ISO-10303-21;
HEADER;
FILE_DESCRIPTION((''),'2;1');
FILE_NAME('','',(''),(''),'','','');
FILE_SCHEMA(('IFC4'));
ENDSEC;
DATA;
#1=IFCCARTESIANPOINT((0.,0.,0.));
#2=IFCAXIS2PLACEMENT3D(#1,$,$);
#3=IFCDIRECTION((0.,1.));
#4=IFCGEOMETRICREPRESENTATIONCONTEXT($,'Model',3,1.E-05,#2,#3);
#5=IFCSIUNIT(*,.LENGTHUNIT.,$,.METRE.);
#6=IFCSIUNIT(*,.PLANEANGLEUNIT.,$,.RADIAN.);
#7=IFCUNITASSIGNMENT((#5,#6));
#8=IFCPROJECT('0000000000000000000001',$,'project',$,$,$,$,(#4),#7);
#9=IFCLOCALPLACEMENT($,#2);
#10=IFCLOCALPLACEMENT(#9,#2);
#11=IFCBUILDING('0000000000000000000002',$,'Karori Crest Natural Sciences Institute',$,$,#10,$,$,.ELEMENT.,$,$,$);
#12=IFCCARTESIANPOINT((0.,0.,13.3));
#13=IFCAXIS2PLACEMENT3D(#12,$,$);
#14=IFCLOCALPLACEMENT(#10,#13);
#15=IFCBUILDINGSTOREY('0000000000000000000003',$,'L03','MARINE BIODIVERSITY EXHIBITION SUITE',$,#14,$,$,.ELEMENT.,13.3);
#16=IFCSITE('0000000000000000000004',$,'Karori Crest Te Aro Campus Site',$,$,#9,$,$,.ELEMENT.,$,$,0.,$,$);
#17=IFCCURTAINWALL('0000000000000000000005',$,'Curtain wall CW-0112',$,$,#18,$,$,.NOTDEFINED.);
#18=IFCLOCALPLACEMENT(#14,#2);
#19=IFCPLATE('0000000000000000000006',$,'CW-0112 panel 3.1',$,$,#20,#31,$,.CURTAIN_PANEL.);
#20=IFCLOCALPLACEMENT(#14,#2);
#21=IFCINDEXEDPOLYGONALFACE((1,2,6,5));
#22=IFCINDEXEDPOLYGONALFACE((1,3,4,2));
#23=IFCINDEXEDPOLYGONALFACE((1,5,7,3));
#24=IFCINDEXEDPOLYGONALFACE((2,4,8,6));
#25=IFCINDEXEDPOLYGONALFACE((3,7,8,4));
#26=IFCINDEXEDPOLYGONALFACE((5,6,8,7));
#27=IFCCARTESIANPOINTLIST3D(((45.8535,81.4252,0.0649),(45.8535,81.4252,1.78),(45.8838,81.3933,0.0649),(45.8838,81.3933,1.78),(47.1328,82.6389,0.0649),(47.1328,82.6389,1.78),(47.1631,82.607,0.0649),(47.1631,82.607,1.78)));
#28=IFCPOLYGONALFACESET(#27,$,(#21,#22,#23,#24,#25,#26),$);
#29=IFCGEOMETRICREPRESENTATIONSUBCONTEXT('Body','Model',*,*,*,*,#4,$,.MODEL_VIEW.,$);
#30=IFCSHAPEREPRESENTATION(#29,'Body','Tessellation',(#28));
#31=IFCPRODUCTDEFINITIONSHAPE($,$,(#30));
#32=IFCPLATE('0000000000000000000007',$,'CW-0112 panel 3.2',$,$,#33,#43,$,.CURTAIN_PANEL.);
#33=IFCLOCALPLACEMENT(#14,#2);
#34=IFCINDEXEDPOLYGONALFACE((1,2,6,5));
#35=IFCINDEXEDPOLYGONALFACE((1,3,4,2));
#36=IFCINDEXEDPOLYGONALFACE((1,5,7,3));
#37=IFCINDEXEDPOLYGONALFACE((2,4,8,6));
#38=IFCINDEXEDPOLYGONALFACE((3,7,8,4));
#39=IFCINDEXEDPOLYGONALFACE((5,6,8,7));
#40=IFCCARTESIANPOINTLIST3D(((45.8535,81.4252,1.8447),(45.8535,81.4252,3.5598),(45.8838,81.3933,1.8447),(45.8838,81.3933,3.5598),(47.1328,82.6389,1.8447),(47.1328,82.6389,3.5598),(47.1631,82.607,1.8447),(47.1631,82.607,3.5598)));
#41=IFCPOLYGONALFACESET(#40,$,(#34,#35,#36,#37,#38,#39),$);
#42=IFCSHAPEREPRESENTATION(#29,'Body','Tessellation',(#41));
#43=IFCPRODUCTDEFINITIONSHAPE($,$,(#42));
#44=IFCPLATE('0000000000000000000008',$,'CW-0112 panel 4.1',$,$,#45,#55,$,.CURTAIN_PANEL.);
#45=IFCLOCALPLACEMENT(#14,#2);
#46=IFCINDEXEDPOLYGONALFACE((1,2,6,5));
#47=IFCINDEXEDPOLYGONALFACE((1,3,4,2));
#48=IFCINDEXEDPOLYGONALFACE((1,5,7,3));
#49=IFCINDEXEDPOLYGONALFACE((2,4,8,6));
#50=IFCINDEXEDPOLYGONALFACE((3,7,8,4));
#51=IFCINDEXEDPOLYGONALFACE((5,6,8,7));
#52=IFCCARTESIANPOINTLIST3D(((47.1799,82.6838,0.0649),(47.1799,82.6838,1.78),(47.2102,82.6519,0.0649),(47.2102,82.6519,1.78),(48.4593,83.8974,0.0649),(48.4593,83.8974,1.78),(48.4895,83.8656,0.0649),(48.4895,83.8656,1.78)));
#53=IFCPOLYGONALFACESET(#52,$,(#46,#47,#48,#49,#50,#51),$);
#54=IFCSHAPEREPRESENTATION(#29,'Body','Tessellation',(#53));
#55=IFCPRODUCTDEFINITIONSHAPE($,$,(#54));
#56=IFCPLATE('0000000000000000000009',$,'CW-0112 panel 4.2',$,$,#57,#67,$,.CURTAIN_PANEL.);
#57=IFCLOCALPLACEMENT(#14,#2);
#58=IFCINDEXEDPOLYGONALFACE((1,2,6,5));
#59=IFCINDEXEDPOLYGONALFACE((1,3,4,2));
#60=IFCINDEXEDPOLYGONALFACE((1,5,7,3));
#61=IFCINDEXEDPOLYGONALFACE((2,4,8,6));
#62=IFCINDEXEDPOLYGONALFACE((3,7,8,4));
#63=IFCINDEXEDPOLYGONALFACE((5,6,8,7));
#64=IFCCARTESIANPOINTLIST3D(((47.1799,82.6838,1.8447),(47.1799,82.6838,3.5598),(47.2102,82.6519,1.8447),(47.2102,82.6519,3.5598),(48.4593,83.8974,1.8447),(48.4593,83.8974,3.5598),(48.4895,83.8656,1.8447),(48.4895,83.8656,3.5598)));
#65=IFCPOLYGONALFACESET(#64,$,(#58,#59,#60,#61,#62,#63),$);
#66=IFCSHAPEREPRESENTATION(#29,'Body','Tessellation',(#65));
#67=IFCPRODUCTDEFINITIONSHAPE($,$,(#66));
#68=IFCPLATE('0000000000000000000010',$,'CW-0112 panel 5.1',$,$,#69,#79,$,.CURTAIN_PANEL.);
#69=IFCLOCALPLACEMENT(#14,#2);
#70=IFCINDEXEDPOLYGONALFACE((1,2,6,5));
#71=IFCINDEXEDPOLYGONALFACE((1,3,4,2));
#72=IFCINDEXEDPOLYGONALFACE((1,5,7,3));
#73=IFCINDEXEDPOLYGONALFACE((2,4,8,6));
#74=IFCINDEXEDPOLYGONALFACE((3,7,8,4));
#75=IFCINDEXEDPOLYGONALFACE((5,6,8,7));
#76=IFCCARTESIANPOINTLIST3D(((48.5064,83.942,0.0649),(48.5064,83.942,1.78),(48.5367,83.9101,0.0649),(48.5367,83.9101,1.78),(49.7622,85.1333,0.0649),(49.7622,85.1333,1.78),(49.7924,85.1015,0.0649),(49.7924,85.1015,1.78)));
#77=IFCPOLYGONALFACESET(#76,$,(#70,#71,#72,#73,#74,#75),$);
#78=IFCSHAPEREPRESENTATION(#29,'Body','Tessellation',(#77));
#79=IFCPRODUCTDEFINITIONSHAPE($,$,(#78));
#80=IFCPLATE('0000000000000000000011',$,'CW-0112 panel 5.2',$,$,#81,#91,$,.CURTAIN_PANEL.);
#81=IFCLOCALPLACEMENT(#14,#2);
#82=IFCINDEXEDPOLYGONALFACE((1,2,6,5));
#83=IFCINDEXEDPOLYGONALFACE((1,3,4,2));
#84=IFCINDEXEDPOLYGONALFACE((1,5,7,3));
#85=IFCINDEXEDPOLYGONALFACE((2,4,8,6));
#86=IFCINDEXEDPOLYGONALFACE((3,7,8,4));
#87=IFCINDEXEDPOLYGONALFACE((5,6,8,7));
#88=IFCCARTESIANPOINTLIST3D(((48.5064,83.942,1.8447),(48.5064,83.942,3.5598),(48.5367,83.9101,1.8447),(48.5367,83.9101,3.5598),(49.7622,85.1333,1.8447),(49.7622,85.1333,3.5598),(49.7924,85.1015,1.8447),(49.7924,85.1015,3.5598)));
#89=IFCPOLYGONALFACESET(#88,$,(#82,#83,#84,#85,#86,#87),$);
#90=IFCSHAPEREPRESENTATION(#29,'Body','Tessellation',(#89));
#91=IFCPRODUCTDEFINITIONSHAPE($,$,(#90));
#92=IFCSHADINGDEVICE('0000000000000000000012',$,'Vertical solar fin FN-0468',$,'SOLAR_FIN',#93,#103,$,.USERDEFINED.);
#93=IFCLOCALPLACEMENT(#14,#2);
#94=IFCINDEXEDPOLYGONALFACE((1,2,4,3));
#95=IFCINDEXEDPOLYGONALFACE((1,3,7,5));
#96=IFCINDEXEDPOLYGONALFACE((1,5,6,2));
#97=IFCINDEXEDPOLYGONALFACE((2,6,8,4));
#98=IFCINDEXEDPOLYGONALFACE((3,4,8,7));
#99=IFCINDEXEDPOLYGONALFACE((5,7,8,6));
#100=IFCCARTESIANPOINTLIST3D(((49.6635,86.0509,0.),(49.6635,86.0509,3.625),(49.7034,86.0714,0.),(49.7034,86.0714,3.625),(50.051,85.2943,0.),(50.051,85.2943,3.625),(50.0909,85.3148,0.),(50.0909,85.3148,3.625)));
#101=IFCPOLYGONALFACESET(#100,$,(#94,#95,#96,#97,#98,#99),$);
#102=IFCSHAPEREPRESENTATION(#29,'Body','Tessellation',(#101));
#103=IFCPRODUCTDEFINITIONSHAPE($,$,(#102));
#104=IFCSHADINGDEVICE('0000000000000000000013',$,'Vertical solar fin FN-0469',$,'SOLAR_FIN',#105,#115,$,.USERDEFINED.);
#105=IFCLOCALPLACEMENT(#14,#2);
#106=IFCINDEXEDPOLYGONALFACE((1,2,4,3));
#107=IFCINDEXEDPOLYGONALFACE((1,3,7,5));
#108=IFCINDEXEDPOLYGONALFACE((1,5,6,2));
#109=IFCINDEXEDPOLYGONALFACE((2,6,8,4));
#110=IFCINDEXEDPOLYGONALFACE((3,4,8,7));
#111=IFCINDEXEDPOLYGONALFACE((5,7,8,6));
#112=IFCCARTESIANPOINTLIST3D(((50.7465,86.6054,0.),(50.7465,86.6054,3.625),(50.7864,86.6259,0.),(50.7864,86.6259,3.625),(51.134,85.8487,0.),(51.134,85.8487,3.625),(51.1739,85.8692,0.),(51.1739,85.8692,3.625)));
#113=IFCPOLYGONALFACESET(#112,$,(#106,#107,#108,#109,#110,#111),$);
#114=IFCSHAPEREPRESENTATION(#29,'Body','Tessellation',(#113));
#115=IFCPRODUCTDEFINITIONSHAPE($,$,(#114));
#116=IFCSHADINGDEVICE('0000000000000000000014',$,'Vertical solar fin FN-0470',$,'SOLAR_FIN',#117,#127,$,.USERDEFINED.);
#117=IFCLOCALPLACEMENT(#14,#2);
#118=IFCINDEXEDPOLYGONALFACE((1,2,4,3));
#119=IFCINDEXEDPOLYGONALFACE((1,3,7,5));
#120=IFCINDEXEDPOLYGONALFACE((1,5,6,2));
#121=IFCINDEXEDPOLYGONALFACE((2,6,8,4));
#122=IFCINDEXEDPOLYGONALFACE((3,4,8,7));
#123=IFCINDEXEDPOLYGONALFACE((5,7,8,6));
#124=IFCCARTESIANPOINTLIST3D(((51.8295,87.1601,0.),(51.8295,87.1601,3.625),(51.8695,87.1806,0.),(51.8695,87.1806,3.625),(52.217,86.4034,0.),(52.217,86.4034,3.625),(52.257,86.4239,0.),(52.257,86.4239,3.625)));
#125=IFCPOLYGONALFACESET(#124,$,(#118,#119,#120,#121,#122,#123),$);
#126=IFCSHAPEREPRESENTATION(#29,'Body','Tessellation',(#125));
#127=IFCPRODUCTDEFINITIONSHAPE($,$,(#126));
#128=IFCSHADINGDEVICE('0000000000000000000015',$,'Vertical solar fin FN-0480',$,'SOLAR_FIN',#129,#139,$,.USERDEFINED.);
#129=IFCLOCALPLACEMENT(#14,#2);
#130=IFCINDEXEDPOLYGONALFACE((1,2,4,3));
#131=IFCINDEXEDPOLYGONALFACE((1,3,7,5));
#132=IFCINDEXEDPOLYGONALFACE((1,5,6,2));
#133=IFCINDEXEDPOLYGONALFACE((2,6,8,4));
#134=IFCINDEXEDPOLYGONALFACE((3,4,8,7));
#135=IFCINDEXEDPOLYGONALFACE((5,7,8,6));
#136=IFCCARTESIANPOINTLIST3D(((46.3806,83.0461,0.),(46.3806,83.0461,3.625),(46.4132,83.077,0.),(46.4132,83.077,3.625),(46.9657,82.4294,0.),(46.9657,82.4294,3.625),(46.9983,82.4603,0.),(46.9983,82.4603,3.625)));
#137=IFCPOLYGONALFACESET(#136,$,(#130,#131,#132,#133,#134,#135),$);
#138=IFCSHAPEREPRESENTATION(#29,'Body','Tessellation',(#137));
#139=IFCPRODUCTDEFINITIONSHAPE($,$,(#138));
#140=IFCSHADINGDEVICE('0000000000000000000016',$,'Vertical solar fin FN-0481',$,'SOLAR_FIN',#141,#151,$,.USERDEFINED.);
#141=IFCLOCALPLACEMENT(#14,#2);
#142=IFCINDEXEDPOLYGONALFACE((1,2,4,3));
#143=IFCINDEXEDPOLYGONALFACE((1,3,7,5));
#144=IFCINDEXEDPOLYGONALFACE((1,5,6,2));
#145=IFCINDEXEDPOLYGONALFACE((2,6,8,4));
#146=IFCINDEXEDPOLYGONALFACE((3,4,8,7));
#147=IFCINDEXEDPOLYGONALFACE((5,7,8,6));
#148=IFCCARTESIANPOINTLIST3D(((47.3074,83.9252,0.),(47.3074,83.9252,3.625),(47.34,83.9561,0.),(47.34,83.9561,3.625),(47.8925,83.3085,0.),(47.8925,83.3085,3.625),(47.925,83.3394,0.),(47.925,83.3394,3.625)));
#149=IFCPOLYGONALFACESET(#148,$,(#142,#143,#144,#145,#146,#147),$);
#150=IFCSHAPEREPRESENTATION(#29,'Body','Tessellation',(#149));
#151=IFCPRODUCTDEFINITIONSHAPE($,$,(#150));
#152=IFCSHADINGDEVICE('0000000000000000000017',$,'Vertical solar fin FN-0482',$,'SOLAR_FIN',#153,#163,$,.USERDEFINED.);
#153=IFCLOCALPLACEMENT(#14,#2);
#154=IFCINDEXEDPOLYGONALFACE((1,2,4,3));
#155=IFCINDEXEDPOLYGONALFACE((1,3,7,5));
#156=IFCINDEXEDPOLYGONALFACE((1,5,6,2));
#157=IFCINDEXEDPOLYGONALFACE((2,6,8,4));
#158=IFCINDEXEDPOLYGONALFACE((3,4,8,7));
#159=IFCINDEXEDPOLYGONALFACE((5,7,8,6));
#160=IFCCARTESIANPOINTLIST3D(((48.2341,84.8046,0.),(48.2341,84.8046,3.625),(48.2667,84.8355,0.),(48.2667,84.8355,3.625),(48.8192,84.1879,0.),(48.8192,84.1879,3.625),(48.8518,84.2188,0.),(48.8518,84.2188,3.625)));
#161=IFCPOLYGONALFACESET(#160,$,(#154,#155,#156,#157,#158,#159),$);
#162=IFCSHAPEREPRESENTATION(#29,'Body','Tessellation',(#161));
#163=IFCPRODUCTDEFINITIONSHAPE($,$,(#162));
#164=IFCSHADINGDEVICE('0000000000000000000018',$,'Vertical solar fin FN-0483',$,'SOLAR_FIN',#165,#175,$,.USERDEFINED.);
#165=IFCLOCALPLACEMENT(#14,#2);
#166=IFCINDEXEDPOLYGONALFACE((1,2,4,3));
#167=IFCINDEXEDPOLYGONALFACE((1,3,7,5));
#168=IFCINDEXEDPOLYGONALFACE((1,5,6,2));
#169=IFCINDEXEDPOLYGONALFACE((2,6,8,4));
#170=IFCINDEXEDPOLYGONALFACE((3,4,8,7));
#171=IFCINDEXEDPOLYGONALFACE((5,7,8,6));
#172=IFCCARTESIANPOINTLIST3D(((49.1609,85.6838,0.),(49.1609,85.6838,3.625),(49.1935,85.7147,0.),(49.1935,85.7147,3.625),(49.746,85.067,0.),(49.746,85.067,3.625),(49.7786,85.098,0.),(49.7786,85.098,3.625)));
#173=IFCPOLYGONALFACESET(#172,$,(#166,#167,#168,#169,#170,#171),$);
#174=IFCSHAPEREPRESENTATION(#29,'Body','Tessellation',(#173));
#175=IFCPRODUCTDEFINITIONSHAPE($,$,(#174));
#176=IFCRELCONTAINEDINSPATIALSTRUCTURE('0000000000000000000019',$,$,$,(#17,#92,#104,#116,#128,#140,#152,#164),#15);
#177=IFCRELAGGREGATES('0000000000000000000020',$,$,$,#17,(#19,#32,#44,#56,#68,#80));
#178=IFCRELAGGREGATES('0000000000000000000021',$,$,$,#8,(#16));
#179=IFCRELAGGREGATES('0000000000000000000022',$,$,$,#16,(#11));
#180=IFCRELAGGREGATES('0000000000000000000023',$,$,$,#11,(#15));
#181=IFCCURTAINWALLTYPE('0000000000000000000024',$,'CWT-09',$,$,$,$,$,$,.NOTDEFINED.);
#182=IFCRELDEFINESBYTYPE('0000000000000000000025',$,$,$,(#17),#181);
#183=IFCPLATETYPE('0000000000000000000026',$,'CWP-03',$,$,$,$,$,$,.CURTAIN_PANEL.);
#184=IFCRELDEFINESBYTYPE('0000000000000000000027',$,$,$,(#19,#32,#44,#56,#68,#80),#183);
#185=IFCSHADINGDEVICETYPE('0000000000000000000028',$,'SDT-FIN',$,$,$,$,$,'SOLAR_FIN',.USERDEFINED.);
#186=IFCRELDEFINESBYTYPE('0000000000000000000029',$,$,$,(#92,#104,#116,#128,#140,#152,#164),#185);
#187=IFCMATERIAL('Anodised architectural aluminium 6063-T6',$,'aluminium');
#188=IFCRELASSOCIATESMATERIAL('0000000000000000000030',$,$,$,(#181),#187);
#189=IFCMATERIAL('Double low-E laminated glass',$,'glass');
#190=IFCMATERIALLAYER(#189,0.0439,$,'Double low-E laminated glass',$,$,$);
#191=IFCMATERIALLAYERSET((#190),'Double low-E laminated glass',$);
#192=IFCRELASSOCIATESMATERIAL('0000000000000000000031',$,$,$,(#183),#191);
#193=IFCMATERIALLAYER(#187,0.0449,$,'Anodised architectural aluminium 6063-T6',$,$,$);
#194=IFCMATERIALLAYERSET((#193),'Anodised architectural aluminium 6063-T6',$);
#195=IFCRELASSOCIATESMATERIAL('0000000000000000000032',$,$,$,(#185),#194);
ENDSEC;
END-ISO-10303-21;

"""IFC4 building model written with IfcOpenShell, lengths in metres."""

from ifc_helpers import new_model, si_unit, direction, frame, origin, origin_2d, place, context, subcontext, project, spatial, rectangle, extrude, material, layer, layer_set, type_object, element, aggregate, save


model = new_model("IFC4")

# Units and contexts
model_context = context("Model", 3, precision=1e-05, world=origin(), true_north=direction((0.0, 1.0)))
body_context = subcontext(model_context, "Body", "Model", "MODEL_VIEW")
ifc_project = project(units=[si_unit("LENGTHUNIT", "METRE"), si_unit("PLANEANGLEUNIT", "RADIAN")], contexts=[model_context])

# Site, building, storey
site_placement = place(None, origin())
site = spatial("IfcSite", under=ifc_project, at=site_placement, Name="Karori Crest Te Aro Campus Site", CompositionType="ELEMENT", RefElevation=0.0)
building_placement = place(site_placement, origin())
building = spatial("IfcBuilding", under=site, at=building_placement, Name="Karori Crest Natural Sciences Institute", CompositionType="ELEMENT")
storey_placement = place(building_placement, frame((0.0, 0.0, 13.3)))
storey = spatial("IfcBuildingStorey", under=building, at=storey_placement, Name="L03", Description="MARINE BIODIVERSITY EXHIBITION SUITE", CompositionType="ELEMENT", Elevation=13.3)

# Curtain wall
ifc_material_1 = material(Name="Anodised architectural aluminium 6063-T6", Category="aluminium")
curtain_wall_type_1 = type_object("IfcCurtainWallType", Name="CWT-09", PredefinedType="NOTDEFINED", material=ifc_material_1)
curtain_wall_1_placement = place(storey_placement, origin())
curtain_wall_1 = element("IfcCurtainWall", 1, at=curtain_wall_1_placement, inside=storey, type_object=curtain_wall_type_1, Name="Curtain wall CW-0112", PredefinedType="NOTDEFINED")

# Shared definitions
ifc_material_2 = material(Name="Double low-E laminated glass", Category="glass")

# Plates
ifc_layer_1 = layer(ifc_material_2, 0.0439, Name="Double low-E laminated glass")
ifc_layer_set_1 = layer_set([ifc_layer_1], Name="Double low-E laminated glass")
plate_type_1 = type_object("IfcPlateType", Name="CWP-03", PredefinedType="CURTAIN_PANEL", material=ifc_layer_set_1)
plate_1_placement = place(storey_placement, frame((46.5083, 82.0161, 0.0649), z_axis=(0.0, 0.0, 1.0), x_axis=(0.725473, 0.688251, 0.0)))
plate_1 = element("IfcPlate", 2, at=plate_1_placement, type_object=plate_type_1, Name="CW-0112 panel 3.1", PredefinedType="CURTAIN_PANEL", context=body_context, shape_type="SweptSolid", body=[
    extrude(rectangle(XDim=1.7634, YDim=0.0439, at=origin_2d()), origin(), (0.0, 0.0, 1.0), 1.7151),
])
plate_2_placement = place(storey_placement, frame((46.5083, 82.0161, 1.8447), z_axis=(0.0, 0.0, 1.0), x_axis=(0.725473, 0.688251, 0.0)))
plate_2 = element("IfcPlate", 3, at=plate_2_placement, type_object=plate_type_1, Name="CW-0112 panel 3.2", PredefinedType="CURTAIN_PANEL", context=body_context, shape_type="SweptSolid", body=[
    extrude(rectangle(XDim=1.7634, YDim=0.0439, at=origin_2d()), origin(), (0.0, 0.0, 1.0), 1.7151),
])
plate_3_placement = place(storey_placement, frame((47.8347, 83.2747, 0.0649), z_axis=(0.0, 0.0, 1.0), x_axis=(0.725473, 0.688251, 0.0)))
plate_3 = element("IfcPlate", 4, at=plate_3_placement, type_object=plate_type_1, Name="CW-0112 panel 4.1", PredefinedType="CURTAIN_PANEL", context=body_context, shape_type="SweptSolid", body=[
    extrude(rectangle(XDim=1.7634, YDim=0.0439, at=origin_2d()), origin(), (0.0, 0.0, 1.0), 1.7151),
])
plate_4_placement = place(storey_placement, frame((47.8347, 83.2747, 1.8447), z_axis=(0.0, 0.0, 1.0), x_axis=(0.725473, 0.688251, 0.0)))
plate_4 = element("IfcPlate", 5, at=plate_4_placement, type_object=plate_type_1, Name="CW-0112 panel 4.2", PredefinedType="CURTAIN_PANEL", context=body_context, shape_type="SweptSolid", body=[
    extrude(rectangle(XDim=1.7634, YDim=0.0439, at=origin_2d()), origin(), (0.0, 0.0, 1.0), 1.7151),
])
plate_5_placement = place(storey_placement, frame((49.1494, 84.5217, 0.0649), z_axis=(0.0, 0.0, 1.0), x_axis=(0.725473, 0.688251, 0.0)))
plate_5 = element("IfcPlate", 6, at=plate_5_placement, type_object=plate_type_1, Name="CW-0112 panel 5.1", PredefinedType="CURTAIN_PANEL", context=body_context, shape_type="SweptSolid", body=[
    extrude(rectangle(XDim=1.731, YDim=0.0439, at=origin_2d()), origin(), (0.0, 0.0, 1.0), 1.7151),
])
plate_6_placement = place(storey_placement, frame((49.1494, 84.5217, 1.8447), z_axis=(0.0, 0.0, 1.0), x_axis=(0.725473, 0.688251, 0.0)))
plate_6 = element("IfcPlate", 7, at=plate_6_placement, type_object=plate_type_1, Name="CW-0112 panel 5.2", PredefinedType="CURTAIN_PANEL", context=body_context, shape_type="SweptSolid", body=[
    extrude(rectangle(XDim=1.731, YDim=0.0439, at=origin_2d()), origin(), (0.0, 0.0, 1.0), 1.7151),
])
aggregate(curtain_wall_1, [plate_1, plate_2, plate_3, plate_4, plate_5, plate_6])

# Shading devices
ifc_layer_2 = layer(ifc_material_1, 0.0449, Name="Anodised architectural aluminium 6063-T6")
ifc_layer_set_2 = layer_set([ifc_layer_2], Name="Anodised architectural aluminium 6063-T6")
shading_device_type = type_object("IfcShadingDeviceType", Name="SDT-FIN", ElementType="SOLAR_FIN", PredefinedType="USERDEFINED", material=ifc_layer_set_2)
for number, where, z_axis, x_axis, name in (
    (8, (49.8772, 85.6829, 0.0), (0.0, 0.0, 1.0), (-0.455829, 0.890067, 0.0), "Vertical solar fin FN-0468"),
    (9, (50.9602, 86.2373, 0.0), (0.0, 0.0, 1.0), (-0.455829, 0.890067, 0.0), "Vertical solar fin FN-0469"),
    (10, (52.0432, 86.792, 0.0), (0.0, 0.0, 1.0), (-0.455829, 0.890067, 0.0), "Vertical solar fin FN-0470"),
    (11, (46.6895, 82.7532, 0.0), (0.0, 0.0, 1.0), (-0.688251, 0.725473, 0.0), "Vertical solar fin FN-0480"),
    (12, (47.6162, 83.6323, 0.0), (0.0, 0.0, 1.0), (-0.688251, 0.725473, 0.0), "Vertical solar fin FN-0481"),
    (13, (48.543, 84.5117, 0.0), (0.0, 0.0, 1.0), (-0.688251, 0.725473, 0.0), "Vertical solar fin FN-0482"),
    (14, (49.4697, 85.3909, 0.0), (0.0, 0.0, 1.0), (-0.688251, 0.725473, 0.0), "Vertical solar fin FN-0483"),
):
    element("IfcShadingDevice", number, at=place(storey_placement, frame(where, z_axis=z_axis, x_axis=x_axis)), inside=storey, type_object=shading_device_type, Name=name, ObjectType="SOLAR_FIN", PredefinedType="USERDEFINED", context=body_context, shape_type="SweptSolid", body=[
        extrude(rectangle(XDim=0.8501, YDim=0.0449, at=origin_2d()), origin(), (0.0, 0.0, 1.0), 3.625),
    ])

save(model, "model.ifc")
